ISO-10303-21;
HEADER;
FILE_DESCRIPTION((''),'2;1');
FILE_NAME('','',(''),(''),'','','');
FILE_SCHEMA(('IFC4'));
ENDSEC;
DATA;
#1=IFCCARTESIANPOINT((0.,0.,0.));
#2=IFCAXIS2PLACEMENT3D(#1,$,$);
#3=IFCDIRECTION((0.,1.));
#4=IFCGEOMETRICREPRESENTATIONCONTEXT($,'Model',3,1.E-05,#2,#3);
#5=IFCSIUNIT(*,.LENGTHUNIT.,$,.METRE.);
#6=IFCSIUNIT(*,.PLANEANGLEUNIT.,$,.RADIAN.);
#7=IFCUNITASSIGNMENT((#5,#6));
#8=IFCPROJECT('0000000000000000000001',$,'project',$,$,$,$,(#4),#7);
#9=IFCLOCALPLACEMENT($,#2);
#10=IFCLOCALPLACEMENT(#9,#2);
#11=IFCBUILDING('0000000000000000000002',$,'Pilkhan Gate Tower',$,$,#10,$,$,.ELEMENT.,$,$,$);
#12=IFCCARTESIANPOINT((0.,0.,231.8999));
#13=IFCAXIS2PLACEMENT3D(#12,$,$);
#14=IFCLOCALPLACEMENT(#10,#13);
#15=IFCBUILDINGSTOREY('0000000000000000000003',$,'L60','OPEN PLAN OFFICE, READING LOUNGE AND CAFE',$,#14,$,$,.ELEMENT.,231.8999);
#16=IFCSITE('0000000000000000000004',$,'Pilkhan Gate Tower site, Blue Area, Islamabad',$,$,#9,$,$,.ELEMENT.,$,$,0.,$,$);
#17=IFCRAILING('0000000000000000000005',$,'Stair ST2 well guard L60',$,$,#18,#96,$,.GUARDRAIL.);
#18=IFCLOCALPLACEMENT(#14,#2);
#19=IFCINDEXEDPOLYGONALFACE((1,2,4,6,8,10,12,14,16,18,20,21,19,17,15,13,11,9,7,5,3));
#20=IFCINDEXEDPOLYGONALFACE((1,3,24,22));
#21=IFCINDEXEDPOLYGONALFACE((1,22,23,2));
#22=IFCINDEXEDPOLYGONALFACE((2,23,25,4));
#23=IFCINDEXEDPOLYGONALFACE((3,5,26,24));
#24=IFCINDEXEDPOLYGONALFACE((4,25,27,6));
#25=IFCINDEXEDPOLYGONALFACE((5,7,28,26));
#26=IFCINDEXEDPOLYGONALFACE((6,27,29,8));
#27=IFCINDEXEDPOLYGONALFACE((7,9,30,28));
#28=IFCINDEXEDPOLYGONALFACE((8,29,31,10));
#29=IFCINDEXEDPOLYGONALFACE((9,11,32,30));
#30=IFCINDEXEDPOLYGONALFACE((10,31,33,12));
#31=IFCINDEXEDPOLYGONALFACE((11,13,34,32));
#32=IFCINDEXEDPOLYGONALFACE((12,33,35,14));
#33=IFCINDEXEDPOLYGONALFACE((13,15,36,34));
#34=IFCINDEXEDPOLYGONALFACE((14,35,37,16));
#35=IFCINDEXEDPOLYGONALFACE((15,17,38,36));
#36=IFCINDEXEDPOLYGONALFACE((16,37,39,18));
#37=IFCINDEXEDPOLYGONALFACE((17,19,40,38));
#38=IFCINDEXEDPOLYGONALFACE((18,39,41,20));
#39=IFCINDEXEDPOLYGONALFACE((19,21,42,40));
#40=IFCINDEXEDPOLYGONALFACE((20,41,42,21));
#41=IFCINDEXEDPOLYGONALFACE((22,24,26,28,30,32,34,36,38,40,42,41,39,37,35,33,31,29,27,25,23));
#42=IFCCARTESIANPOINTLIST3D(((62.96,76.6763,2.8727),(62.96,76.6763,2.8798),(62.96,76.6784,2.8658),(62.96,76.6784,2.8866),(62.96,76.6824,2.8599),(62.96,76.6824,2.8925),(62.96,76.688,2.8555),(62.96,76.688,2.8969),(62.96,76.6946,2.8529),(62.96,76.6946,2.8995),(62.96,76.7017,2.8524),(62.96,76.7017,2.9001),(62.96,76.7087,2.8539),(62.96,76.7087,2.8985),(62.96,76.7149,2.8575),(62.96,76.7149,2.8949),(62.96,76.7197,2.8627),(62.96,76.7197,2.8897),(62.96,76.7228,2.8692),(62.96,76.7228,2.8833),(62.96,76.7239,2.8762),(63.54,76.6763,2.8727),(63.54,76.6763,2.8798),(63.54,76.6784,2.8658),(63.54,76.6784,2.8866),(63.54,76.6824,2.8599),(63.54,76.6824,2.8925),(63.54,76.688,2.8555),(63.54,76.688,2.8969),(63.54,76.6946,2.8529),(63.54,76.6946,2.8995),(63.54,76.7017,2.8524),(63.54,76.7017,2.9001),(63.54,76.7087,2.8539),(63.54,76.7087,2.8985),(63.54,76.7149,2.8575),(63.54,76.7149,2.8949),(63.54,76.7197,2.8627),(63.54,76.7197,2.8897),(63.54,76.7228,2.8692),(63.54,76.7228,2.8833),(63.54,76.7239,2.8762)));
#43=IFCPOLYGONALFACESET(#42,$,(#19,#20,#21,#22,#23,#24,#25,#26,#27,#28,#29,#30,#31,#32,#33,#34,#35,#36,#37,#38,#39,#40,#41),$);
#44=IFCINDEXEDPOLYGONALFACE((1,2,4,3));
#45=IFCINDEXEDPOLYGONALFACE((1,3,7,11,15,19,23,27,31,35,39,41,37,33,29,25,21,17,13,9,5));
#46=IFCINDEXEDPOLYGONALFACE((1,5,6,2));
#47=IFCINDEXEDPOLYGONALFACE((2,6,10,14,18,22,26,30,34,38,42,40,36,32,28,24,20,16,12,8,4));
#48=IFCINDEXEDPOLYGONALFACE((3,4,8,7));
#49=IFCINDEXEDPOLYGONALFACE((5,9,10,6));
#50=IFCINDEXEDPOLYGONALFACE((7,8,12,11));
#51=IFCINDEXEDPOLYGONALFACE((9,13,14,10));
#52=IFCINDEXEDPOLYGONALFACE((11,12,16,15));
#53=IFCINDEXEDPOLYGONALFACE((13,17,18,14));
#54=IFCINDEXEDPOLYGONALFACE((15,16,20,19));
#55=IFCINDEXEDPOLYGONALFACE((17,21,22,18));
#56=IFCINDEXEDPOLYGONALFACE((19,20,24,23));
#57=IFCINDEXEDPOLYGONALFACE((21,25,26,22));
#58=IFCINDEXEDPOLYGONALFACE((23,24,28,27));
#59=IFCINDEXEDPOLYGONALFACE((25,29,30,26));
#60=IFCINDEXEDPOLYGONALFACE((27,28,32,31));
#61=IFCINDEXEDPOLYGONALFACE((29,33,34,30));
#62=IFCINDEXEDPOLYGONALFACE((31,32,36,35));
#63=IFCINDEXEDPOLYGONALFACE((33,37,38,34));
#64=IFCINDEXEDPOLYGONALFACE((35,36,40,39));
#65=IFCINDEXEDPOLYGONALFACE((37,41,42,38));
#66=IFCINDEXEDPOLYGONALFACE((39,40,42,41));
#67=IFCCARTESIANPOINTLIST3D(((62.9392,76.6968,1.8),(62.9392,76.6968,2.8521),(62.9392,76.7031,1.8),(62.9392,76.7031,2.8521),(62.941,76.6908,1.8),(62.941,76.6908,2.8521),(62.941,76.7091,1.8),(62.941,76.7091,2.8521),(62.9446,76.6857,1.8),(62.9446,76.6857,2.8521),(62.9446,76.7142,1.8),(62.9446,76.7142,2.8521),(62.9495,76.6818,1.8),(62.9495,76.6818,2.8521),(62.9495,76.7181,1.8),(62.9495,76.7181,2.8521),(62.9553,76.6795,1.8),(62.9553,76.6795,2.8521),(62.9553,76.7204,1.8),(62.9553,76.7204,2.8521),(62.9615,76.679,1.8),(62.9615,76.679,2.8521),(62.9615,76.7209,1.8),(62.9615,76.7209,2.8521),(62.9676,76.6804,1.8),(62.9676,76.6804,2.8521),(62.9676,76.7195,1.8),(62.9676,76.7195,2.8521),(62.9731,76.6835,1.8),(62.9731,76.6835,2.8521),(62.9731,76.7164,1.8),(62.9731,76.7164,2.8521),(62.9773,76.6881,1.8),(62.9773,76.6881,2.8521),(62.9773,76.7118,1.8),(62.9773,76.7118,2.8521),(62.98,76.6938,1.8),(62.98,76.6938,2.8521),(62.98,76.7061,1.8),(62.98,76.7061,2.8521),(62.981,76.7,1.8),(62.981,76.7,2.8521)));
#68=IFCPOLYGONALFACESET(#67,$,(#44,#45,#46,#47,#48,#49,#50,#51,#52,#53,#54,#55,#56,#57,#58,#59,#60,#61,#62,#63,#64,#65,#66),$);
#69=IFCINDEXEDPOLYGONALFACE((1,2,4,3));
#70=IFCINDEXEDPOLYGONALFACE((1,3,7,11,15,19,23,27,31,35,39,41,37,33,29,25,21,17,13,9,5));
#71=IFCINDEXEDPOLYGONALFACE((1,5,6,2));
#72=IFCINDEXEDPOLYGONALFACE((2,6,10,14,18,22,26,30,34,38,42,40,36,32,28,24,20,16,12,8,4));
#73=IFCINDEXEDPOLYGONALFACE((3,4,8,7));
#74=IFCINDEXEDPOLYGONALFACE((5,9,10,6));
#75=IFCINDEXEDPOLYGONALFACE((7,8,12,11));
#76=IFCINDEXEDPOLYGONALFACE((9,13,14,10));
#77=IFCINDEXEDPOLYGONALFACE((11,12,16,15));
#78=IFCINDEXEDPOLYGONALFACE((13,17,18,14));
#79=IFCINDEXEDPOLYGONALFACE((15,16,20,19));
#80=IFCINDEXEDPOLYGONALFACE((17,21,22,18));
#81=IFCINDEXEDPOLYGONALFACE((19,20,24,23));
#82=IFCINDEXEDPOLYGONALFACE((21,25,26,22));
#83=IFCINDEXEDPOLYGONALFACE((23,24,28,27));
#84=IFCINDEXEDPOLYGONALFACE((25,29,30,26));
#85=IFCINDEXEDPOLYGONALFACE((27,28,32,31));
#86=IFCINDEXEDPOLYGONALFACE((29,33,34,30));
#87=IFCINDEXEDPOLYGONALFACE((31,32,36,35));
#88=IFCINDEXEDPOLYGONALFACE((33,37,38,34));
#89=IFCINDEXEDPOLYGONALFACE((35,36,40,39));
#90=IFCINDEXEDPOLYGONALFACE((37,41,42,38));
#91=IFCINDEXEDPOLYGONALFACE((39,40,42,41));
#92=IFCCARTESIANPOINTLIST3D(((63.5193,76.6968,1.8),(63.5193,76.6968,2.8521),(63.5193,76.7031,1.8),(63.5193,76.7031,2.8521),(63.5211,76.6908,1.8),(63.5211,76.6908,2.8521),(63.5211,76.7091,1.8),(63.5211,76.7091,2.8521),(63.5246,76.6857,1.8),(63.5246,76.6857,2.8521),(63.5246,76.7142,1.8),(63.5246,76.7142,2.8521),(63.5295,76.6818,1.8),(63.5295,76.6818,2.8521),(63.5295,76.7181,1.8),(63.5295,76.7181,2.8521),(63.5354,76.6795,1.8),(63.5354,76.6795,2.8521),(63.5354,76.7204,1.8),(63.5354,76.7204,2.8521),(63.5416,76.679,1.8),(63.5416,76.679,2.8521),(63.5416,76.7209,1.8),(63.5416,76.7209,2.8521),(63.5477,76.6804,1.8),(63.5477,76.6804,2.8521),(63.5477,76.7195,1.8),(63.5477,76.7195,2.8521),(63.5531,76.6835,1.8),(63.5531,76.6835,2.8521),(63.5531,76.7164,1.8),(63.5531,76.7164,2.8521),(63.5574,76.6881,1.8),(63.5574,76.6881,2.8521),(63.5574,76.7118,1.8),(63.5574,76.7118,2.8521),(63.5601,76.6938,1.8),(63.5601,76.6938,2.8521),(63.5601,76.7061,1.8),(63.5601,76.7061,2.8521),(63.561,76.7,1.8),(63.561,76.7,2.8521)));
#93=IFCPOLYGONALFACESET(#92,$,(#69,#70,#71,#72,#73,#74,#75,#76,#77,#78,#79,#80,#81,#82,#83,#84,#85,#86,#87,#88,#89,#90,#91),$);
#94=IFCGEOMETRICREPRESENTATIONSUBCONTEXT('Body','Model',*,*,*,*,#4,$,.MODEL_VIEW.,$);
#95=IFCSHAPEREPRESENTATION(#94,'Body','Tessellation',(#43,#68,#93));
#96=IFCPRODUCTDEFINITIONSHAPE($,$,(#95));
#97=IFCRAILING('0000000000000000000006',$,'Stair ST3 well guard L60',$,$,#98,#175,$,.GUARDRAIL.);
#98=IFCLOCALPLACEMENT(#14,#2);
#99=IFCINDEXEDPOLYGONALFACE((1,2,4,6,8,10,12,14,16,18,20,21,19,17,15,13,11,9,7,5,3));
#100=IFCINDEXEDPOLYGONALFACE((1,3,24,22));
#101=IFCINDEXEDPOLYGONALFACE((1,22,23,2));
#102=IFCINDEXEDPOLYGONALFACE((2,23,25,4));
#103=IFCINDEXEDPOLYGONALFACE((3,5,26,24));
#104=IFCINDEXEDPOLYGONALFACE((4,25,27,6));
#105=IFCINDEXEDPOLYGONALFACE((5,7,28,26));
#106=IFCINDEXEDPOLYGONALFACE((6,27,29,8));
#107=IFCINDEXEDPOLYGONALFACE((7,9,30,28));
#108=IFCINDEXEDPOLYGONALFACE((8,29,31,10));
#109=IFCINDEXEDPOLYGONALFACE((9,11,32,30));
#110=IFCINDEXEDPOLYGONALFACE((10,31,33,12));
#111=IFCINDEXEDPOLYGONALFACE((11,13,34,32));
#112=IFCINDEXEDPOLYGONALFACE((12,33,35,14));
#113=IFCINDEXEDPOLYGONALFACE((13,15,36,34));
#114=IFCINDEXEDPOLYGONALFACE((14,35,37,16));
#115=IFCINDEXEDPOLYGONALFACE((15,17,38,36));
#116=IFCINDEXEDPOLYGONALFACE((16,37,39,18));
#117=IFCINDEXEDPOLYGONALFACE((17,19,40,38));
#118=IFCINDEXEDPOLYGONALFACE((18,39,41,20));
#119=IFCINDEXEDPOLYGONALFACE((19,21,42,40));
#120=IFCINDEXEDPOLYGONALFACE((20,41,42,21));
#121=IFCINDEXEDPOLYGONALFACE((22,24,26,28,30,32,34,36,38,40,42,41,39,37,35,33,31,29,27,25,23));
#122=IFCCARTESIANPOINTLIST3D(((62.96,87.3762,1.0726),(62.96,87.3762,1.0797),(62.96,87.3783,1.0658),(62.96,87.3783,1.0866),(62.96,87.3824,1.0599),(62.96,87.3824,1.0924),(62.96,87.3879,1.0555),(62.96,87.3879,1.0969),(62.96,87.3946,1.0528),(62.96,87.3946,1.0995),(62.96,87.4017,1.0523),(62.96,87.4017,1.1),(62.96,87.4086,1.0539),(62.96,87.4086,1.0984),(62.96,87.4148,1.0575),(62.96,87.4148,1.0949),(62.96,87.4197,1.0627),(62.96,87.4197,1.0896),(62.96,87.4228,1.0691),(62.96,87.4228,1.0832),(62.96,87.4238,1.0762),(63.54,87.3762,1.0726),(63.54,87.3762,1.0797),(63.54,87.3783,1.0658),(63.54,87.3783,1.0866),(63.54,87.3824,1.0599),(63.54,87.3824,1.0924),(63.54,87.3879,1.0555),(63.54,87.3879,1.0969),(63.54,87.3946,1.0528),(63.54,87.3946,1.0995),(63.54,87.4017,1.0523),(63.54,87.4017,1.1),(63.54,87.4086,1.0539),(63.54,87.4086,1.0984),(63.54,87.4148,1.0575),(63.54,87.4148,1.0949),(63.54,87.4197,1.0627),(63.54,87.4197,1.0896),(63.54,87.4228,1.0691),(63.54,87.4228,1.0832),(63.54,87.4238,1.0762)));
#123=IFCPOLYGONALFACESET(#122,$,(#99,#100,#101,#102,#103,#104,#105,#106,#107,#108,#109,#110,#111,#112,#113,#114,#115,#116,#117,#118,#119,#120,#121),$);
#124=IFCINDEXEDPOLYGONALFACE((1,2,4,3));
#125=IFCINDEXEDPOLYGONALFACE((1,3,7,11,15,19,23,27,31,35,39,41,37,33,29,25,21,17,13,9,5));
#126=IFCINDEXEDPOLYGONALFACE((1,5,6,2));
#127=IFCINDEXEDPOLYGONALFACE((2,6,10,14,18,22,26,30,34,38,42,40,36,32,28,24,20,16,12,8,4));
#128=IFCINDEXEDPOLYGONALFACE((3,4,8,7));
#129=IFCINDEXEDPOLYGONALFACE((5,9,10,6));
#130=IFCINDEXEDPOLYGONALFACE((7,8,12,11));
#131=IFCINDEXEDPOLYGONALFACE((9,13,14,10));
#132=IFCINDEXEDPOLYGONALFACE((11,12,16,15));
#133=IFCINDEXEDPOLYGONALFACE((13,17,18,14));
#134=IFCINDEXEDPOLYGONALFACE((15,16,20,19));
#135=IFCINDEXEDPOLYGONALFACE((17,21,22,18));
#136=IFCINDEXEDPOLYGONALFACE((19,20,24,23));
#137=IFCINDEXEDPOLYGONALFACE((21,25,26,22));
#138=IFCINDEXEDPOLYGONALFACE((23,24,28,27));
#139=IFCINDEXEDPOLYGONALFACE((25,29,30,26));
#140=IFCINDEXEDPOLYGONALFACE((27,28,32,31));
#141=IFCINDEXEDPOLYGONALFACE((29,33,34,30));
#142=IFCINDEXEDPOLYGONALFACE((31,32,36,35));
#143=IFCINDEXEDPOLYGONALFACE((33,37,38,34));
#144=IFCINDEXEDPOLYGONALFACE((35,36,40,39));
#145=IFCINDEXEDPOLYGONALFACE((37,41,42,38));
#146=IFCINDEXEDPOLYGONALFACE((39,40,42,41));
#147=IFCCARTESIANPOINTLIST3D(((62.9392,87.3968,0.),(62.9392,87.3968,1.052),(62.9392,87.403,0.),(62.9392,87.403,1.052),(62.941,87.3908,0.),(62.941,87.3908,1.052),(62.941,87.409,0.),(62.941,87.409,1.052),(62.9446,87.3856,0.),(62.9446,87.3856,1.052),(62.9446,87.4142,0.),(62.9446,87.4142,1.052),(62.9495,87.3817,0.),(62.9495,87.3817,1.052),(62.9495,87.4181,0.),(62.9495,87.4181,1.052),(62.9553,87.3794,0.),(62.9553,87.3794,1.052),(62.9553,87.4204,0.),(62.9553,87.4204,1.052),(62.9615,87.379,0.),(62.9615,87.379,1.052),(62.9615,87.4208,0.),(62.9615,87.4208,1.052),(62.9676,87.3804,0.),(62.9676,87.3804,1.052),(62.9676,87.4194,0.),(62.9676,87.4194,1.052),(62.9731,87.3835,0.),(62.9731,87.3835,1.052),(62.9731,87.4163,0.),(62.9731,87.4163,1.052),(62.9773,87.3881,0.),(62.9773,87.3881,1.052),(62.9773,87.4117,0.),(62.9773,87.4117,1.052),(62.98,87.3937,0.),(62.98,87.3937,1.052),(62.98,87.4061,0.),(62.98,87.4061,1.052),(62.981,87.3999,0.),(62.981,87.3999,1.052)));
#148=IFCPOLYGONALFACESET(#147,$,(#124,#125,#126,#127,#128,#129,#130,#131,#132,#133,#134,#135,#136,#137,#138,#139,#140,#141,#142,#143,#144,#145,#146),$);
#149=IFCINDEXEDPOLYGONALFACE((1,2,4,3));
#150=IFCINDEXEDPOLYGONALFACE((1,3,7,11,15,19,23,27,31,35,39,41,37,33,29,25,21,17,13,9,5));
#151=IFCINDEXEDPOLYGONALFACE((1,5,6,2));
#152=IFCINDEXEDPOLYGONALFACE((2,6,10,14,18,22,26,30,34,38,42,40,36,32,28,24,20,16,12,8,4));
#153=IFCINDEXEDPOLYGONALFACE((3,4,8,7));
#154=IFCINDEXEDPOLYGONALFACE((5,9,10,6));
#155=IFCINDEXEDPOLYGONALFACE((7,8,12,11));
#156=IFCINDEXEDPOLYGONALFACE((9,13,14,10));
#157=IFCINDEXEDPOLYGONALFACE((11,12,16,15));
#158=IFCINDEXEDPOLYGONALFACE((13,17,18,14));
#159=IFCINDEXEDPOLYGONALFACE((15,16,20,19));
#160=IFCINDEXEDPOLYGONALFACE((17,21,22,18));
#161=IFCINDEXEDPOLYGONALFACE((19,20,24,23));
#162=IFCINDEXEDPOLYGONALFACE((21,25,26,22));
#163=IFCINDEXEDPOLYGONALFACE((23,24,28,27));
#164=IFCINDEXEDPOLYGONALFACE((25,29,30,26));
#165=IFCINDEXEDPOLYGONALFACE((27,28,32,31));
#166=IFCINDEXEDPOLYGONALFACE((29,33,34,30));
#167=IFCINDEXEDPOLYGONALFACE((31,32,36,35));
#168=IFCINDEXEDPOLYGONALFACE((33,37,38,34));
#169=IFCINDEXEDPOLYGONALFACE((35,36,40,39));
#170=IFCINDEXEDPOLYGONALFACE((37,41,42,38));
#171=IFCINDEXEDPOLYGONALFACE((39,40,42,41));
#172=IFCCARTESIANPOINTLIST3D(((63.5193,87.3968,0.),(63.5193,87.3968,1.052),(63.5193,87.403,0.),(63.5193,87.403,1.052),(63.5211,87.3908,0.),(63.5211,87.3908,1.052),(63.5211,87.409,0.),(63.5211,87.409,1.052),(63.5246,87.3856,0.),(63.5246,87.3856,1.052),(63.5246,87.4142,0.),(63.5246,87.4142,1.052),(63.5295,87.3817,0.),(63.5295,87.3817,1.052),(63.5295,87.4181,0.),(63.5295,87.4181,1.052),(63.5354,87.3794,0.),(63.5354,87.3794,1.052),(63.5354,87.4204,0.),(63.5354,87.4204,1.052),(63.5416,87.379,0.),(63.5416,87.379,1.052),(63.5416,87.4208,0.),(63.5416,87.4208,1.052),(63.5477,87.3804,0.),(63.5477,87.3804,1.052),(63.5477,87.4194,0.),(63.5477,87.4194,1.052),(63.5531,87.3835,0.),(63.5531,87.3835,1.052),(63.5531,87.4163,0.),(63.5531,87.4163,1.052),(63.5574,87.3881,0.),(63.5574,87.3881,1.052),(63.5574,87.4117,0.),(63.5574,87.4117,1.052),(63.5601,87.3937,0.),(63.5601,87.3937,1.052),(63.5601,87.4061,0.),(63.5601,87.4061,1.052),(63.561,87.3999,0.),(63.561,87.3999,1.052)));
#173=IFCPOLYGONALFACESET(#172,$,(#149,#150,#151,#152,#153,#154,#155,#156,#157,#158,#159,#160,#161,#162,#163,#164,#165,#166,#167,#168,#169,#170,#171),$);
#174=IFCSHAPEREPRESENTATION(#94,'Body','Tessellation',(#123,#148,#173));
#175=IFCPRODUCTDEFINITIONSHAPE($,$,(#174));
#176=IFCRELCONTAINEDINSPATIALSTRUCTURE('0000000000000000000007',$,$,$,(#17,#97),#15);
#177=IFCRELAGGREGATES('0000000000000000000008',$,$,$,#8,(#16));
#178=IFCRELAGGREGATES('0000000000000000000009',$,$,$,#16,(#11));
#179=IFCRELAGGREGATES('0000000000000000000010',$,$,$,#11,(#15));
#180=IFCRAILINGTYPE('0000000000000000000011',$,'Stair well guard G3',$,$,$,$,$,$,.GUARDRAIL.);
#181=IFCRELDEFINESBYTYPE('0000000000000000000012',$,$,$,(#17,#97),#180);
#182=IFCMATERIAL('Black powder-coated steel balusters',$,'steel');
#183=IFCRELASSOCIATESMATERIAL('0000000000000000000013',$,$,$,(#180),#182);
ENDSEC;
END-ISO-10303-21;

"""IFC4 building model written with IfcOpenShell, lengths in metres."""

from ifc_helpers import new_model, si_unit, direction, frame, origin, origin_2d, place, context, subcontext, project, spatial, circle, extrude, material, type_object, element, save


model = new_model("IFC4")

# Units and contexts
model_context = context("Model", 3, precision=1e-05, world=origin(), true_north=direction((0.0, 1.0)))
body_context = subcontext(model_context, "Body", "Model", "MODEL_VIEW")
ifc_project = project(units=[si_unit("LENGTHUNIT", "METRE"), si_unit("PLANEANGLEUNIT", "RADIAN")], contexts=[model_context])

# Site, building, storey
site_placement = place(None, origin())
site = spatial("IfcSite", under=ifc_project, at=site_placement, Name="Pilkhan Gate Tower site, Blue Area, Islamabad", CompositionType="ELEMENT", RefElevation=0.0)
building_placement = place(site_placement, origin())
building = spatial("IfcBuilding", under=site, at=building_placement, Name="Pilkhan Gate Tower", CompositionType="ELEMENT")
storey_placement = place(building_placement, frame((0.0, 0.0, 231.8999)))
storey = spatial("IfcBuildingStorey", under=building, at=storey_placement, Name="L60", Description="OPEN PLAN OFFICE, READING LOUNGE AND CAFE", CompositionType="ELEMENT", Elevation=231.8999)

# Railings
ifc_material_1 = material(Name="Black powder-coated steel balusters", Category="steel")
railing_type_1 = type_object("IfcRailingType", Name="Stair well guard G3", PredefinedType="GUARDRAIL", material=ifc_material_1)
for number, where, name in (
    (1, (62.96, 76.7, 1.8), "Stair ST2 well guard L60"),
    (2, (62.96, 87.3999, 0.0), "Stair ST3 well guard L60"),
):
    element("IfcRailing", number, at=place(storey_placement, frame(where)), inside=storey, type_object=railing_type_1, Name=name, PredefinedType="GUARDRAIL", context=body_context, shape_type="SweptSolid", body=[
        extrude(circle(Radius=0.0239, at=origin_2d()), frame((0.0, 0.0, 1.0762), z_axis=(1.0, 0.0, 0.0), x_axis=(0.0, 1.0, 0.0)), (0.0, 0.0, 1.0), 0.5801),
        extrude(circle(Radius=0.021, at=origin_2d()), origin(), (0.0, 0.0, 1.0), 1.052),
        extrude(circle(Radius=0.021, at=origin_2d()), frame((0.5801, 0.0, 0.0)), (0.0, 0.0, 1.0), 1.052),
    ])

save(model, "model.ifc")
